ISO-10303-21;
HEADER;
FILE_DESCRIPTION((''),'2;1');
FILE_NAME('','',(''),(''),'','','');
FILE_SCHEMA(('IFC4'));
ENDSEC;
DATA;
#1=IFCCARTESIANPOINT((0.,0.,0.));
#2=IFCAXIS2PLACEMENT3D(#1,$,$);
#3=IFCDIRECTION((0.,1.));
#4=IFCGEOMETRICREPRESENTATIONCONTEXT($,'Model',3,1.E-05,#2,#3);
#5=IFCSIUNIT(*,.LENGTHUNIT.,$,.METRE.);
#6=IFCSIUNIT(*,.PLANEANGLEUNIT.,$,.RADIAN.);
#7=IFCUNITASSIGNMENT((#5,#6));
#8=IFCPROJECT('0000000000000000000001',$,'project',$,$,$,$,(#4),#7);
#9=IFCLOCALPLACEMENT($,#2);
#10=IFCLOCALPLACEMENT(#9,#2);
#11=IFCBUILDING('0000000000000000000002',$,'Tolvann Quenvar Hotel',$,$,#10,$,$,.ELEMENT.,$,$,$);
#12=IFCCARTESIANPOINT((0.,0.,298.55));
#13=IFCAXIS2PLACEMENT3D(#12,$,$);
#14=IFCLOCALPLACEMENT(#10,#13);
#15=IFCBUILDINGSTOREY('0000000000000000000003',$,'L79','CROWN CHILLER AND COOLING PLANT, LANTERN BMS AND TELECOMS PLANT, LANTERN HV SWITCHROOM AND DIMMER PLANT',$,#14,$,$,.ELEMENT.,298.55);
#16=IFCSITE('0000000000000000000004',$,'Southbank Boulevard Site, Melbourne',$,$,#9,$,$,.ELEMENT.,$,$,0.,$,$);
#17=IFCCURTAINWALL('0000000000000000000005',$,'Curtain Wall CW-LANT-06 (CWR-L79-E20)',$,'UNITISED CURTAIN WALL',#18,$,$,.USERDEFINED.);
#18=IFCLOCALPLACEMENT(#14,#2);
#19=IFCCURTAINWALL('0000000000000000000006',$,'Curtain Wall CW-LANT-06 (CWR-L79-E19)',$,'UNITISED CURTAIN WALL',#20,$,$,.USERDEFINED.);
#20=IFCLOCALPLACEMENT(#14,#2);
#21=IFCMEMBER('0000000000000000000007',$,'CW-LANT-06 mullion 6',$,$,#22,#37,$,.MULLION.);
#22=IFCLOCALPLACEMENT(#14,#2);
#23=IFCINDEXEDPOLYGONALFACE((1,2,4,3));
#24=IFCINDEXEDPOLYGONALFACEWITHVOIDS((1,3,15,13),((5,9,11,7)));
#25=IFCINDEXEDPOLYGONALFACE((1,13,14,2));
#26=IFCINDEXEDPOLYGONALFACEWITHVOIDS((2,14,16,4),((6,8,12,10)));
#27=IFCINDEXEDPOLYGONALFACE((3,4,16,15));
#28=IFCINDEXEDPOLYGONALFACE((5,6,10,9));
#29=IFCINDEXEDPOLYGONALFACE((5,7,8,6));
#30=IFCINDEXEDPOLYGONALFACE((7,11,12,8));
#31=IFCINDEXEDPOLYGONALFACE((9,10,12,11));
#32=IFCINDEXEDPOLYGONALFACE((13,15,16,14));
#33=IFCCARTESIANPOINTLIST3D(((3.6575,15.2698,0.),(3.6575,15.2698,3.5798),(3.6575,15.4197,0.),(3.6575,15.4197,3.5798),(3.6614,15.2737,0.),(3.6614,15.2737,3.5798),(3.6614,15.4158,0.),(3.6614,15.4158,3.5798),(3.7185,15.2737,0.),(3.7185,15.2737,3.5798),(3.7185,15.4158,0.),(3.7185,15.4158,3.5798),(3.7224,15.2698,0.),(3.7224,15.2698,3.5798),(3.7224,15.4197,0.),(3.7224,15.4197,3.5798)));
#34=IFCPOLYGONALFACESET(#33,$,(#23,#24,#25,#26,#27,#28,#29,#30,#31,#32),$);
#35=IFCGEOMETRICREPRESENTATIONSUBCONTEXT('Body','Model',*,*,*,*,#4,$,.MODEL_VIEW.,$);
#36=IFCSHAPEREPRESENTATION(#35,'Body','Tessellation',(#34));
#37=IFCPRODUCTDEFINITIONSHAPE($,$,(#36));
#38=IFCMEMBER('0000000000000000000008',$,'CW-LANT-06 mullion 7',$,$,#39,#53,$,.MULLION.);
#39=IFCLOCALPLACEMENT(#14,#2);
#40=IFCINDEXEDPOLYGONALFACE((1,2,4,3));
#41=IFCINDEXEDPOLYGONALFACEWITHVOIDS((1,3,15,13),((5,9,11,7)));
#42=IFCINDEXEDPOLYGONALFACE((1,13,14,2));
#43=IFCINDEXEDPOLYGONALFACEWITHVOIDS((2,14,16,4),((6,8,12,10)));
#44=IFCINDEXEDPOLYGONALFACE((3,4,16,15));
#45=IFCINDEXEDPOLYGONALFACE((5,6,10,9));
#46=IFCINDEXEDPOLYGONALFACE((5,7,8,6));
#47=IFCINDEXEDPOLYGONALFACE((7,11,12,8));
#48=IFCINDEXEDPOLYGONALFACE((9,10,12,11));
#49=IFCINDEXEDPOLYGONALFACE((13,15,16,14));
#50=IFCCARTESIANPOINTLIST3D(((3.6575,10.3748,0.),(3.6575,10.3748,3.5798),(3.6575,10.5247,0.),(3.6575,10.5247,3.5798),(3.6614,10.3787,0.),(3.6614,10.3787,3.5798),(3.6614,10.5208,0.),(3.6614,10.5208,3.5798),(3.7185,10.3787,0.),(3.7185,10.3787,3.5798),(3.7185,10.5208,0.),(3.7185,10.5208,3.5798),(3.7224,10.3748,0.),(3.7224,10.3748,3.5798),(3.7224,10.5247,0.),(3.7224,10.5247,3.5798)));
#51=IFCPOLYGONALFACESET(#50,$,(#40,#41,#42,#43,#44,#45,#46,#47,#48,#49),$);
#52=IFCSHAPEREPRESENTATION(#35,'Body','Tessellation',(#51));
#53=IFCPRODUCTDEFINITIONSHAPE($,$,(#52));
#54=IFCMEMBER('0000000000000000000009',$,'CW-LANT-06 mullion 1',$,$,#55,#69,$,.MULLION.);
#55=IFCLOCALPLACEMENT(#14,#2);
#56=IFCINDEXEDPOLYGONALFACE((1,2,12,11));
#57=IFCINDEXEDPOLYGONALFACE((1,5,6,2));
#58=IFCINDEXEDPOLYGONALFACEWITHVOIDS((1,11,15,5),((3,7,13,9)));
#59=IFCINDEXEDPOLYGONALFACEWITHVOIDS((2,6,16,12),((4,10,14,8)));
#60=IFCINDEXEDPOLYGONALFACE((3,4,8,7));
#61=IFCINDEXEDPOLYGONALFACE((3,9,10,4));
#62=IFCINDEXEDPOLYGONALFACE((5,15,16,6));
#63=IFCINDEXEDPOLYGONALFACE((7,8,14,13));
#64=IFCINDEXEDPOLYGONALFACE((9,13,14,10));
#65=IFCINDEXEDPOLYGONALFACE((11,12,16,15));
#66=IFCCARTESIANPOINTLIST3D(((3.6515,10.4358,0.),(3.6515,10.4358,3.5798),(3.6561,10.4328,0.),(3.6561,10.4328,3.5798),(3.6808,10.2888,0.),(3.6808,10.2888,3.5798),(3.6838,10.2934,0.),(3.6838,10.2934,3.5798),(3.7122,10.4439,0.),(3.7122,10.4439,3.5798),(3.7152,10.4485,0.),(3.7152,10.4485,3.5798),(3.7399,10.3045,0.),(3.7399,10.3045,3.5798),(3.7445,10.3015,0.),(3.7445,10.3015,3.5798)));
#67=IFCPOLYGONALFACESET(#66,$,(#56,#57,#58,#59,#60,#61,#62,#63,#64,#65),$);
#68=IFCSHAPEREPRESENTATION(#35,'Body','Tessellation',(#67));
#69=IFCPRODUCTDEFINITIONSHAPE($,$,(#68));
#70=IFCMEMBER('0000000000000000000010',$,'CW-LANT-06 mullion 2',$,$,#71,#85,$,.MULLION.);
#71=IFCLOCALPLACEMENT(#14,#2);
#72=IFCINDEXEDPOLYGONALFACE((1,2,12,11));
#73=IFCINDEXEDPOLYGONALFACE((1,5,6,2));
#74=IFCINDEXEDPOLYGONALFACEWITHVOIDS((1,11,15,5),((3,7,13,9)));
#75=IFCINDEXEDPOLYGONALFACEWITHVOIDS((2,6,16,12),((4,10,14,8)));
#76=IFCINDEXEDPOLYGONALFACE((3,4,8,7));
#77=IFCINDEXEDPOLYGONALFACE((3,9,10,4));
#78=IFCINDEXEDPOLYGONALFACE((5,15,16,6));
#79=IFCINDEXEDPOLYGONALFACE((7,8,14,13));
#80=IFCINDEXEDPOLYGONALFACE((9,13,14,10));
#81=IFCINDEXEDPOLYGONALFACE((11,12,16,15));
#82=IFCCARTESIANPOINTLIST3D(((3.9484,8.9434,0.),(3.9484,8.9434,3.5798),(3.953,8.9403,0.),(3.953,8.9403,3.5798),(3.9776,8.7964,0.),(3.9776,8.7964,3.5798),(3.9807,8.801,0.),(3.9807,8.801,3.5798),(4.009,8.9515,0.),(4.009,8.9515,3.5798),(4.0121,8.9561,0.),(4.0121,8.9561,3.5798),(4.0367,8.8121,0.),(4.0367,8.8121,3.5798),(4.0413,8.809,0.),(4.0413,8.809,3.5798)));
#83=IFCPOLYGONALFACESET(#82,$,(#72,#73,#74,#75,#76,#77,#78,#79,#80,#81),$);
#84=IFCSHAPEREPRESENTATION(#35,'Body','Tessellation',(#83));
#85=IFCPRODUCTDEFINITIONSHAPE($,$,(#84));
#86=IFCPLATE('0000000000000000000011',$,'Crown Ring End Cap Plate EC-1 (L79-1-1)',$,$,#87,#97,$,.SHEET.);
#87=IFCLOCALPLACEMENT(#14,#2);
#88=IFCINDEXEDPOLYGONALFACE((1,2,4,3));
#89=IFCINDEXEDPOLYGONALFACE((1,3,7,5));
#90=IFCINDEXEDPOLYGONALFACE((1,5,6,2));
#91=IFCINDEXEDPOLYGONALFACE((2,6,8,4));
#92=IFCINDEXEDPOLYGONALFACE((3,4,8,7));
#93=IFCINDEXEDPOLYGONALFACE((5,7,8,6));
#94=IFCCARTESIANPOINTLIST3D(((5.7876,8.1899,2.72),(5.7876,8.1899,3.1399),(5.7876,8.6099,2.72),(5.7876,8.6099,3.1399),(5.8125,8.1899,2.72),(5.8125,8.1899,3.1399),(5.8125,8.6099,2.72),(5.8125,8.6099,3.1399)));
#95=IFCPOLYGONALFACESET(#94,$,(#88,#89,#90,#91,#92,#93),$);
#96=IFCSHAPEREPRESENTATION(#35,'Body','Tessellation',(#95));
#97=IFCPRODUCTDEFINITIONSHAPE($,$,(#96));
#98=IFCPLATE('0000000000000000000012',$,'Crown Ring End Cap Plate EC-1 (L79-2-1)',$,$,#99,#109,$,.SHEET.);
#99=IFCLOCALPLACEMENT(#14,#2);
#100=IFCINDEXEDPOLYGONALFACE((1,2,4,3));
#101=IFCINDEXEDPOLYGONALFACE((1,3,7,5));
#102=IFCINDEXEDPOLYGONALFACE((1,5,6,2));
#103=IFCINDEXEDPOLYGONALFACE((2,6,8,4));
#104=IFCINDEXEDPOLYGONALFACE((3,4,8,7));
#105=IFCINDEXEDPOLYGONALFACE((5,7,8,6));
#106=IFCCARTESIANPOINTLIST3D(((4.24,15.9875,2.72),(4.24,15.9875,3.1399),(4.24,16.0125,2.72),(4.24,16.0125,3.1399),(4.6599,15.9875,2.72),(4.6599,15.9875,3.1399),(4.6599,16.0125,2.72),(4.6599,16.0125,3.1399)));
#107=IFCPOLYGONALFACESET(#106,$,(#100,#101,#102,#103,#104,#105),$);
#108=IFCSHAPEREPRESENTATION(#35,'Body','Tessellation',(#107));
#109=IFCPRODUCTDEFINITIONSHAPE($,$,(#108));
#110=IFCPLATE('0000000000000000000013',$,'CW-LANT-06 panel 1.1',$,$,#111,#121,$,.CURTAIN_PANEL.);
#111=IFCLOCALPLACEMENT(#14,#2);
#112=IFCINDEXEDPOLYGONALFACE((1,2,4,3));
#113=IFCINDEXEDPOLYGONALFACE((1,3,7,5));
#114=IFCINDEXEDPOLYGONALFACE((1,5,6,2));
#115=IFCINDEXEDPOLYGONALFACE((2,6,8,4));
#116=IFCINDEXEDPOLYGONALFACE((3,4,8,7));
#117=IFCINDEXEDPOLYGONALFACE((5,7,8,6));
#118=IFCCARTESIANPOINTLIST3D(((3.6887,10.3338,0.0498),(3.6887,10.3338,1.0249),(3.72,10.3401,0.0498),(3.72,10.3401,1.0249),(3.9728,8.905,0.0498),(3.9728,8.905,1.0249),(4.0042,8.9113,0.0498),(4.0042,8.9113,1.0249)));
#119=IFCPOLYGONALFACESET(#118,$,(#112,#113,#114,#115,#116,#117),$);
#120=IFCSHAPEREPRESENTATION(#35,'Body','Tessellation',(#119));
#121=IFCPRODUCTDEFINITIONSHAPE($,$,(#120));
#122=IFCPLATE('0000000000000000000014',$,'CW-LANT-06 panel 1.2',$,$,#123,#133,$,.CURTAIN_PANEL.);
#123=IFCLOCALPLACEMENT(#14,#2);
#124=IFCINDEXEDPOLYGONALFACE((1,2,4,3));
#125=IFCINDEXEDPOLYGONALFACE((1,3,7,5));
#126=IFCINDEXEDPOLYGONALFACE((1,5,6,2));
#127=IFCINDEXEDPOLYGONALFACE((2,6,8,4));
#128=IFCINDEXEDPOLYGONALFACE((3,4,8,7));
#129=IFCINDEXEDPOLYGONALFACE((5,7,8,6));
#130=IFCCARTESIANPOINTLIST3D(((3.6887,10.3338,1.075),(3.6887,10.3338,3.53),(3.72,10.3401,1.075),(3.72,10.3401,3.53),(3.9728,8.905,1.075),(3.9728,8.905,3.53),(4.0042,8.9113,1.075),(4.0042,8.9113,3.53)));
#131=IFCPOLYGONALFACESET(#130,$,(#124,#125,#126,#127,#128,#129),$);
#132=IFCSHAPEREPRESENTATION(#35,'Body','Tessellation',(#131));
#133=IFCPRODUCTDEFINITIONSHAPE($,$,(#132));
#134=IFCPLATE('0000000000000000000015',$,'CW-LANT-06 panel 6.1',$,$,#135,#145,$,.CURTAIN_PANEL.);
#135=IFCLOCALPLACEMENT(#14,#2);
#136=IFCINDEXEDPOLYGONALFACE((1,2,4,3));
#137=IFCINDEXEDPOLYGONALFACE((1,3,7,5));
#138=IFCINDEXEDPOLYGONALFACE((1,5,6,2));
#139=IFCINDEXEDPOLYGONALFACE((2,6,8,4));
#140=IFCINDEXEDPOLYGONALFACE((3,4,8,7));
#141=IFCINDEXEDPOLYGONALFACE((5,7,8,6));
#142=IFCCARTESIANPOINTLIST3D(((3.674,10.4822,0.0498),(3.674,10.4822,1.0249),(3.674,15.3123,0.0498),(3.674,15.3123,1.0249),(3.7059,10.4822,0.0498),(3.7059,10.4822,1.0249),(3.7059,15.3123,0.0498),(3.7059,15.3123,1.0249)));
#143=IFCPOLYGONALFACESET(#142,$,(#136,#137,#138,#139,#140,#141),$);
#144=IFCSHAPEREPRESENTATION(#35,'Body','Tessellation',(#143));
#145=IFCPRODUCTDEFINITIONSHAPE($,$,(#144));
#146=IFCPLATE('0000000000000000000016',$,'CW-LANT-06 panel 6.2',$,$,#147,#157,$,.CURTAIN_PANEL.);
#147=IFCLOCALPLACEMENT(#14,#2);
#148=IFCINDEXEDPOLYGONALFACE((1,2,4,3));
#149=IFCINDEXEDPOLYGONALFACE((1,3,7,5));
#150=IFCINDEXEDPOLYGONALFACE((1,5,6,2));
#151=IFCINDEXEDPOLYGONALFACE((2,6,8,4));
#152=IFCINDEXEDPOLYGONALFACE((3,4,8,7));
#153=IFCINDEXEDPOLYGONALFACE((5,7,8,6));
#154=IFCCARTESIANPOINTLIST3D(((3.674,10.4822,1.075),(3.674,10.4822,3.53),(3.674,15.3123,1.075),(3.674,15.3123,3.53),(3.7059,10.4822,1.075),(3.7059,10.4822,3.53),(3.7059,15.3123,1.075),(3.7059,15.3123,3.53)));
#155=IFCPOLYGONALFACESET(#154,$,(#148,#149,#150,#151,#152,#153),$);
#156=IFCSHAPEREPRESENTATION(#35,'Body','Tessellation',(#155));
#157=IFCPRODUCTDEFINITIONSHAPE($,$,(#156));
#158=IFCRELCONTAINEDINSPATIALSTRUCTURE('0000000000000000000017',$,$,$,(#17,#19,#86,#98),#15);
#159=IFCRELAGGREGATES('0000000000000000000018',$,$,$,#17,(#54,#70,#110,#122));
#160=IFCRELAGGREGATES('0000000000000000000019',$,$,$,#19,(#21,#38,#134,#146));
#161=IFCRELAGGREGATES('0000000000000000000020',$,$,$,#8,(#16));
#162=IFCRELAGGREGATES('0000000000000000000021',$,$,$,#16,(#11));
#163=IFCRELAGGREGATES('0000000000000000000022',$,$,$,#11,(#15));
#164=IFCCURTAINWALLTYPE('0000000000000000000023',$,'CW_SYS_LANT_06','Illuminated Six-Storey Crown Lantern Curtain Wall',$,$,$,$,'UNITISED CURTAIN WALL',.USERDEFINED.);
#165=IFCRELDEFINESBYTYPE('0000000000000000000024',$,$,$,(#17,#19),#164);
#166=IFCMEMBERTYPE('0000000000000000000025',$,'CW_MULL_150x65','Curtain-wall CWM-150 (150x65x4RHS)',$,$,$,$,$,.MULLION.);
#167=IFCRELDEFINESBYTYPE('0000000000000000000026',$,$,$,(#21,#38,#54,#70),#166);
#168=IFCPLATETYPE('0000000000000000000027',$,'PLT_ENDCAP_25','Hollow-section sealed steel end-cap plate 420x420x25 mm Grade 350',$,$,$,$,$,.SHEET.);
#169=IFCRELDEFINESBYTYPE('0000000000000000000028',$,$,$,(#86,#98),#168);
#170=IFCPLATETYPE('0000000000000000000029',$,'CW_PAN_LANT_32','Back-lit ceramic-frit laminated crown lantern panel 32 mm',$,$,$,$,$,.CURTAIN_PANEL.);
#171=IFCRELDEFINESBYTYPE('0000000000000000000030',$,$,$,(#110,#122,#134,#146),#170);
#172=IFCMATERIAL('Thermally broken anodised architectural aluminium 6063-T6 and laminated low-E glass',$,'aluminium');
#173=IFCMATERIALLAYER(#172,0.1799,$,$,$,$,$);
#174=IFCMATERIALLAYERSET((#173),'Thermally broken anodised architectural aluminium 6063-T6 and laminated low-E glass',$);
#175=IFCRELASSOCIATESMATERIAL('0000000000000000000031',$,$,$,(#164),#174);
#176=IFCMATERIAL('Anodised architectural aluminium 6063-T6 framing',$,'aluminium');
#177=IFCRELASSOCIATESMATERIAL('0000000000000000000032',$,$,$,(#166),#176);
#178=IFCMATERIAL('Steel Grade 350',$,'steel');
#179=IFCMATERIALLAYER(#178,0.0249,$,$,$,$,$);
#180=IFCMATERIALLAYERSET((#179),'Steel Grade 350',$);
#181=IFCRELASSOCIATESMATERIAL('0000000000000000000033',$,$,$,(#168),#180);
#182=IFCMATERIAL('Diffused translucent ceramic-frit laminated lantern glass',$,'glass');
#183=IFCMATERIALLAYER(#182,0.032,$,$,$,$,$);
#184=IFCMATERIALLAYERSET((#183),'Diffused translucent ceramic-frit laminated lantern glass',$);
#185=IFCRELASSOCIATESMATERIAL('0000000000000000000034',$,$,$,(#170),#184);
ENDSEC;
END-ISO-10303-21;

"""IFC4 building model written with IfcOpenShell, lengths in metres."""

from ifc_helpers import new_model, si_unit, direction, frame, origin, origin_2d, place, context, subcontext, project, spatial, rectangle, hollow_rectangle, extrude, source, transform, mapped, material, layer, layer_set, material_profile, profile_set, type_object, type_shapes, element, aggregate, save


model = new_model("IFC4")

# Units and contexts
model_context = context("Model", 3, precision=1e-05, world=origin(), true_north=direction((0.0, 1.0)))
body_context = subcontext(model_context, "Body", "Model", "MODEL_VIEW")
ifc_project = project(units=[si_unit("LENGTHUNIT", "METRE"), si_unit("PLANEANGLEUNIT", "RADIAN")], contexts=[model_context])

# Site, building, storey
site_placement = place(None, origin())
site = spatial("IfcSite", under=ifc_project, at=site_placement, Name="Southbank Boulevard Site, Melbourne", CompositionType="ELEMENT", RefElevation=0.0)
building_placement = place(site_placement, origin())
building = spatial("IfcBuilding", under=site, at=building_placement, Name="Tolvann Quenvar Hotel", CompositionType="ELEMENT")
storey_placement = place(building_placement, frame((0.0, 0.0, 298.55)))
storey = spatial("IfcBuildingStorey", under=building, at=storey_placement, Name="L79", Description="CROWN CHILLER AND COOLING PLANT, LANTERN BMS AND TELECOMS PLANT, LANTERN HV SWITCHROOM AND DIMMER PLANT", CompositionType="ELEMENT", Elevation=298.55)

# Shared definitions
ifc_material_1 = material(Name="Steel Grade 350", Category="steel")

# Curtain walls
ifc_material_2 = material(Name="Thermally broken anodised architectural aluminium 6063-T6 and laminated low-E glass", Category="aluminium")
ifc_layer_1 = layer(ifc_material_2, 0.1799)
ifc_layer_set_1 = layer_set([ifc_layer_1], Name="Thermally broken anodised architectural aluminium 6063-T6 and laminated low-E glass")
curtain_wall_type = type_object("IfcCurtainWallType", Name="CW_SYS_LANT_06", Description="Illuminated Six-Storey Crown Lantern Curtain Wall", ElementType="UNITISED CURTAIN WALL", PredefinedType="USERDEFINED", material=ifc_layer_set_1)
ifc_material_3 = material(Name="Anodised architectural aluminium 6063-T6 framing", Category="aluminium")
curtain_wall_1_placement = place(storey_placement, origin())
curtain_wall_1 = element("IfcCurtainWall", 1, at=curtain_wall_1_placement, inside=storey, type_object=curtain_wall_type, Name="Curtain Wall CW-LANT-06 (CWR-L79-E20)", ObjectType="UNITISED CURTAIN WALL", PredefinedType="USERDEFINED")
curtain_wall_2_placement = place(storey_placement, origin())
curtain_wall_2 = element("IfcCurtainWall", 2, at=curtain_wall_2_placement, inside=storey, type_object=curtain_wall_type, Name="Curtain Wall CW-LANT-06 (CWR-L79-E19)", ObjectType="UNITISED CURTAIN WALL", PredefinedType="USERDEFINED")

# Members
ifc_material_profile_1 = material_profile(ifc_material_3, hollow_rectangle(XDim=0.0649, YDim=0.1499, WallThickness=0.0039, at=origin_2d()), Name="150x65x4RHS")
ifc_profile_set_1 = profile_set([ifc_material_profile_1], Name="Anodised architectural aluminium 6063-T6 framing")
member_type_1 = type_object("IfcMemberType", Name="CW_MULL_150x65", Description="Curtain-wall CWM-150 (150x65x4RHS)", PredefinedType="MULLION", material=ifc_profile_set_1)
shared_shape_1 = source(origin(), body_context, "Body", "SweptSolid", [
    extrude(hollow_rectangle(XDim=0.0649, YDim=0.1499, WallThickness=0.0039, at=origin_2d()), origin(), (0.0, 0.0, 1.0), 3.5798),
])
type_shapes(member_type_1, [shared_shape_1])
member_1_placement = place(storey_placement, frame((3.6899, 15.3447, 0.0), z_axis=(0.0, 0.0, 1.0), x_axis=(1.0, 0.0, 0.0)))
member_1 = element("IfcMember", 3, at=member_1_placement, type_object=member_type_1, Name="CW-LANT-06 mullion 6", PredefinedType="MULLION", context=body_context, shape_type="MappedRepresentation", body=[
    mapped(shared_shape_1, transform((0.0, 0.0, 0.0), x_axis=(1.0, 0.0, 0.0), y_axis=(0.0, 1.0, 0.0), z_axis=(0.0, 0.0, 1.0), scale=1.0)),
])
member_2_placement = place(storey_placement, frame((3.6899, 10.4497, 0.0), z_axis=(0.0, 0.0, 1.0), x_axis=(1.0, 0.0, 0.0)))
member_2 = element("IfcMember", 4, at=member_2_placement, type_object=member_type_1, Name="CW-LANT-06 mullion 7", PredefinedType="MULLION", context=body_context, shape_type="MappedRepresentation", body=[
    mapped(shared_shape_1, transform((0.0, 0.0, 0.0), x_axis=(1.0, 0.0, 0.0), y_axis=(0.0, 1.0, 0.0), z_axis=(0.0, 0.0, 1.0), scale=1.0)),
])
member_3_placement = place(storey_placement, frame((3.698, 10.3687, 0.0), z_axis=(0.0, 0.0, 1.0), x_axis=(0.980791, 0.195062, 0.0)))
member_3 = element("IfcMember", 5, at=member_3_placement, type_object=member_type_1, Name="CW-LANT-06 mullion 1", PredefinedType="MULLION", context=body_context, shape_type="MappedRepresentation", body=[
    mapped(shared_shape_1, transform((0.0, 0.0, 0.0), x_axis=(1.0, 0.0, 0.0), y_axis=(0.0, 1.0, 0.0), z_axis=(0.0, 0.0, 1.0), scale=1.0)),
])
member_4_placement = place(storey_placement, frame((3.9949, 8.8762, 0.0), z_axis=(0.0, 0.0, 1.0), x_axis=(0.980791, 0.195062, 0.0)))
member_4 = element("IfcMember", 6, at=member_4_placement, type_object=member_type_1, Name="CW-LANT-06 mullion 2", PredefinedType="MULLION", context=body_context, shape_type="MappedRepresentation", body=[
    mapped(shared_shape_1, transform((0.0, 0.0, 0.0), x_axis=(1.0, 0.0, 0.0), y_axis=(0.0, 1.0, 0.0), z_axis=(0.0, 0.0, 1.0), scale=1.0)),
])

# Plates
ifc_layer_2 = layer(ifc_material_1, 0.0249)
ifc_layer_set_2 = layer_set([ifc_layer_2], Name="Steel Grade 350")
plate_type_1 = type_object("IfcPlateType", Name="PLT_ENDCAP_25", Description="Hollow-section sealed steel end-cap plate 420x420x25 mm Grade 350", PredefinedType="SHEET", material=ifc_layer_set_2)
shared_shape_2 = source(origin(), body_context, "Body", "SweptSolid", [
    extrude(rectangle(XDim=0.0249, YDim=0.4199, at=origin_2d()), origin(), (0.0, 0.0, 1.0), 0.4199),
])
plate_1_placement = place(storey_placement, frame((5.8, 8.3999, 2.72), z_axis=(0.0, 0.0, 1.0), x_axis=(1.0, 0.0, 0.0)))
element("IfcPlate", 7, at=plate_1_placement, inside=storey, type_object=plate_type_1, Name="Crown Ring End Cap Plate EC-1 (L79-1-1)", PredefinedType="SHEET", context=body_context, shape_type="MappedRepresentation", body=[
    mapped(shared_shape_2, transform((0.0, 0.0, 0.0), x_axis=(1.0, 0.0, 0.0), y_axis=(0.0, 1.0, 0.0), z_axis=(0.0, 0.0, 1.0), scale=1.0)),
])
shared_shape_3 = source(origin(), body_context, "Body", "SweptSolid", [
    extrude(rectangle(XDim=0.4199, YDim=0.0249, at=origin_2d()), origin(), (0.0, 0.0, 1.0), 0.4199),
])
type_shapes(plate_type_1, [shared_shape_2, shared_shape_3])
plate_2_placement = place(storey_placement, frame((4.45, 16.0, 2.72), z_axis=(0.0, 0.0, 1.0), x_axis=(1.0, 0.0, 0.0)))
element("IfcPlate", 8, at=plate_2_placement, inside=storey, type_object=plate_type_1, Name="Crown Ring End Cap Plate EC-1 (L79-2-1)", PredefinedType="SHEET", context=body_context, shape_type="MappedRepresentation", body=[
    mapped(shared_shape_3, transform((0.0, 0.0, 0.0), x_axis=(1.0, 0.0, 0.0), y_axis=(0.0, 1.0, 0.0), z_axis=(0.0, 0.0, 1.0), scale=1.0)),
])

# Plates
ifc_material_4 = material(Name="Diffused translucent ceramic-frit laminated lantern glass", Category="glass")
ifc_layer_3 = layer(ifc_material_4, 0.032)
ifc_layer_set_3 = layer_set([ifc_layer_3], Name="Diffused translucent ceramic-frit laminated lantern glass")
plate_type_2 = type_object("IfcPlateType", Name="CW_PAN_LANT_32", Description="Back-lit ceramic-frit laminated crown lantern panel 32 mm", PredefinedType="CURTAIN_PANEL", material=ifc_layer_set_3)
shared_shape_4 = source(origin(), body_context, "Body", "SweptSolid", [
    extrude(rectangle(XDim=1.4568, YDim=0.032, at=origin_2d()), origin(), (0.0, 0.0, 1.0), 0.9751),
])
plate_3_placement = place(storey_placement, frame((3.8464, 9.6226, 0.0498), z_axis=(0.0, 0.0, 1.0), x_axis=(0.195062, -0.980791, 0.0)))
plate_3 = element("IfcPlate", 9, at=plate_3_placement, type_object=plate_type_2, Name="CW-LANT-06 panel 1.1", PredefinedType="CURTAIN_PANEL", context=body_context, shape_type="MappedRepresentation", body=[
    mapped(shared_shape_4, transform((0.0, 0.0, 0.0), x_axis=(1.0, 0.0, 0.0), y_axis=(0.0, 1.0, 0.0), z_axis=(0.0, 0.0, 1.0), scale=1.0)),
])
shared_shape_5 = source(origin(), body_context, "Body", "SweptSolid", [
    extrude(rectangle(XDim=1.4568, YDim=0.032, at=origin_2d()), origin(), (0.0, 0.0, 1.0), 2.4551),
])
plate_4_placement = place(storey_placement, frame((3.8464, 9.6226, 1.075), z_axis=(0.0, 0.0, 1.0), x_axis=(0.195062, -0.980791, 0.0)))
plate_4 = element("IfcPlate", 10, at=plate_4_placement, type_object=plate_type_2, Name="CW-LANT-06 panel 1.2", PredefinedType="CURTAIN_PANEL", context=body_context, shape_type="MappedRepresentation", body=[
    mapped(shared_shape_5, transform((0.0, 0.0, 0.0), x_axis=(1.0, 0.0, 0.0), y_axis=(0.0, 1.0, 0.0), z_axis=(0.0, 0.0, 1.0), scale=1.0)),
])
aggregate(curtain_wall_1, [member_3, member_4, plate_3, plate_4])
shared_shape_6 = source(origin(), body_context, "Body", "SweptSolid", [
    extrude(rectangle(XDim=4.8301, YDim=0.032, at=origin_2d()), origin(), (0.0, 0.0, 1.0), 0.9751),
])
plate_5_placement = place(storey_placement, frame((3.6899, 12.8972, 0.0498), z_axis=(0.0, 0.0, 1.0), x_axis=(0.0, -1.0, 0.0)))
plate_5 = element("IfcPlate", 11, at=plate_5_placement, type_object=plate_type_2, Name="CW-LANT-06 panel 6.1", PredefinedType="CURTAIN_PANEL", context=body_context, shape_type="MappedRepresentation", body=[
    mapped(shared_shape_6, transform((0.0, 0.0, 0.0), x_axis=(1.0, 0.0, 0.0), y_axis=(0.0, 1.0, 0.0), z_axis=(0.0, 0.0, 1.0), scale=1.0)),
])
shared_shape_7 = source(origin(), body_context, "Body", "SweptSolid", [
    extrude(rectangle(XDim=4.8301, YDim=0.032, at=origin_2d()), origin(), (0.0, 0.0, 1.0), 2.4551),
])
type_shapes(plate_type_2, [shared_shape_4, shared_shape_5, shared_shape_6, shared_shape_7])
plate_6_placement = place(storey_placement, frame((3.6899, 12.8972, 1.075), z_axis=(0.0, 0.0, 1.0), x_axis=(0.0, -1.0, 0.0)))
plate_6 = element("IfcPlate", 12, at=plate_6_placement, type_object=plate_type_2, Name="CW-LANT-06 panel 6.2", PredefinedType="CURTAIN_PANEL", context=body_context, shape_type="MappedRepresentation", body=[
    mapped(shared_shape_7, transform((0.0, 0.0, 0.0), x_axis=(1.0, 0.0, 0.0), y_axis=(0.0, 1.0, 0.0), z_axis=(0.0, 0.0, 1.0), scale=1.0)),
])
aggregate(curtain_wall_2, [member_1, member_2, plate_5, plate_6])

save(model, "model.ifc")
